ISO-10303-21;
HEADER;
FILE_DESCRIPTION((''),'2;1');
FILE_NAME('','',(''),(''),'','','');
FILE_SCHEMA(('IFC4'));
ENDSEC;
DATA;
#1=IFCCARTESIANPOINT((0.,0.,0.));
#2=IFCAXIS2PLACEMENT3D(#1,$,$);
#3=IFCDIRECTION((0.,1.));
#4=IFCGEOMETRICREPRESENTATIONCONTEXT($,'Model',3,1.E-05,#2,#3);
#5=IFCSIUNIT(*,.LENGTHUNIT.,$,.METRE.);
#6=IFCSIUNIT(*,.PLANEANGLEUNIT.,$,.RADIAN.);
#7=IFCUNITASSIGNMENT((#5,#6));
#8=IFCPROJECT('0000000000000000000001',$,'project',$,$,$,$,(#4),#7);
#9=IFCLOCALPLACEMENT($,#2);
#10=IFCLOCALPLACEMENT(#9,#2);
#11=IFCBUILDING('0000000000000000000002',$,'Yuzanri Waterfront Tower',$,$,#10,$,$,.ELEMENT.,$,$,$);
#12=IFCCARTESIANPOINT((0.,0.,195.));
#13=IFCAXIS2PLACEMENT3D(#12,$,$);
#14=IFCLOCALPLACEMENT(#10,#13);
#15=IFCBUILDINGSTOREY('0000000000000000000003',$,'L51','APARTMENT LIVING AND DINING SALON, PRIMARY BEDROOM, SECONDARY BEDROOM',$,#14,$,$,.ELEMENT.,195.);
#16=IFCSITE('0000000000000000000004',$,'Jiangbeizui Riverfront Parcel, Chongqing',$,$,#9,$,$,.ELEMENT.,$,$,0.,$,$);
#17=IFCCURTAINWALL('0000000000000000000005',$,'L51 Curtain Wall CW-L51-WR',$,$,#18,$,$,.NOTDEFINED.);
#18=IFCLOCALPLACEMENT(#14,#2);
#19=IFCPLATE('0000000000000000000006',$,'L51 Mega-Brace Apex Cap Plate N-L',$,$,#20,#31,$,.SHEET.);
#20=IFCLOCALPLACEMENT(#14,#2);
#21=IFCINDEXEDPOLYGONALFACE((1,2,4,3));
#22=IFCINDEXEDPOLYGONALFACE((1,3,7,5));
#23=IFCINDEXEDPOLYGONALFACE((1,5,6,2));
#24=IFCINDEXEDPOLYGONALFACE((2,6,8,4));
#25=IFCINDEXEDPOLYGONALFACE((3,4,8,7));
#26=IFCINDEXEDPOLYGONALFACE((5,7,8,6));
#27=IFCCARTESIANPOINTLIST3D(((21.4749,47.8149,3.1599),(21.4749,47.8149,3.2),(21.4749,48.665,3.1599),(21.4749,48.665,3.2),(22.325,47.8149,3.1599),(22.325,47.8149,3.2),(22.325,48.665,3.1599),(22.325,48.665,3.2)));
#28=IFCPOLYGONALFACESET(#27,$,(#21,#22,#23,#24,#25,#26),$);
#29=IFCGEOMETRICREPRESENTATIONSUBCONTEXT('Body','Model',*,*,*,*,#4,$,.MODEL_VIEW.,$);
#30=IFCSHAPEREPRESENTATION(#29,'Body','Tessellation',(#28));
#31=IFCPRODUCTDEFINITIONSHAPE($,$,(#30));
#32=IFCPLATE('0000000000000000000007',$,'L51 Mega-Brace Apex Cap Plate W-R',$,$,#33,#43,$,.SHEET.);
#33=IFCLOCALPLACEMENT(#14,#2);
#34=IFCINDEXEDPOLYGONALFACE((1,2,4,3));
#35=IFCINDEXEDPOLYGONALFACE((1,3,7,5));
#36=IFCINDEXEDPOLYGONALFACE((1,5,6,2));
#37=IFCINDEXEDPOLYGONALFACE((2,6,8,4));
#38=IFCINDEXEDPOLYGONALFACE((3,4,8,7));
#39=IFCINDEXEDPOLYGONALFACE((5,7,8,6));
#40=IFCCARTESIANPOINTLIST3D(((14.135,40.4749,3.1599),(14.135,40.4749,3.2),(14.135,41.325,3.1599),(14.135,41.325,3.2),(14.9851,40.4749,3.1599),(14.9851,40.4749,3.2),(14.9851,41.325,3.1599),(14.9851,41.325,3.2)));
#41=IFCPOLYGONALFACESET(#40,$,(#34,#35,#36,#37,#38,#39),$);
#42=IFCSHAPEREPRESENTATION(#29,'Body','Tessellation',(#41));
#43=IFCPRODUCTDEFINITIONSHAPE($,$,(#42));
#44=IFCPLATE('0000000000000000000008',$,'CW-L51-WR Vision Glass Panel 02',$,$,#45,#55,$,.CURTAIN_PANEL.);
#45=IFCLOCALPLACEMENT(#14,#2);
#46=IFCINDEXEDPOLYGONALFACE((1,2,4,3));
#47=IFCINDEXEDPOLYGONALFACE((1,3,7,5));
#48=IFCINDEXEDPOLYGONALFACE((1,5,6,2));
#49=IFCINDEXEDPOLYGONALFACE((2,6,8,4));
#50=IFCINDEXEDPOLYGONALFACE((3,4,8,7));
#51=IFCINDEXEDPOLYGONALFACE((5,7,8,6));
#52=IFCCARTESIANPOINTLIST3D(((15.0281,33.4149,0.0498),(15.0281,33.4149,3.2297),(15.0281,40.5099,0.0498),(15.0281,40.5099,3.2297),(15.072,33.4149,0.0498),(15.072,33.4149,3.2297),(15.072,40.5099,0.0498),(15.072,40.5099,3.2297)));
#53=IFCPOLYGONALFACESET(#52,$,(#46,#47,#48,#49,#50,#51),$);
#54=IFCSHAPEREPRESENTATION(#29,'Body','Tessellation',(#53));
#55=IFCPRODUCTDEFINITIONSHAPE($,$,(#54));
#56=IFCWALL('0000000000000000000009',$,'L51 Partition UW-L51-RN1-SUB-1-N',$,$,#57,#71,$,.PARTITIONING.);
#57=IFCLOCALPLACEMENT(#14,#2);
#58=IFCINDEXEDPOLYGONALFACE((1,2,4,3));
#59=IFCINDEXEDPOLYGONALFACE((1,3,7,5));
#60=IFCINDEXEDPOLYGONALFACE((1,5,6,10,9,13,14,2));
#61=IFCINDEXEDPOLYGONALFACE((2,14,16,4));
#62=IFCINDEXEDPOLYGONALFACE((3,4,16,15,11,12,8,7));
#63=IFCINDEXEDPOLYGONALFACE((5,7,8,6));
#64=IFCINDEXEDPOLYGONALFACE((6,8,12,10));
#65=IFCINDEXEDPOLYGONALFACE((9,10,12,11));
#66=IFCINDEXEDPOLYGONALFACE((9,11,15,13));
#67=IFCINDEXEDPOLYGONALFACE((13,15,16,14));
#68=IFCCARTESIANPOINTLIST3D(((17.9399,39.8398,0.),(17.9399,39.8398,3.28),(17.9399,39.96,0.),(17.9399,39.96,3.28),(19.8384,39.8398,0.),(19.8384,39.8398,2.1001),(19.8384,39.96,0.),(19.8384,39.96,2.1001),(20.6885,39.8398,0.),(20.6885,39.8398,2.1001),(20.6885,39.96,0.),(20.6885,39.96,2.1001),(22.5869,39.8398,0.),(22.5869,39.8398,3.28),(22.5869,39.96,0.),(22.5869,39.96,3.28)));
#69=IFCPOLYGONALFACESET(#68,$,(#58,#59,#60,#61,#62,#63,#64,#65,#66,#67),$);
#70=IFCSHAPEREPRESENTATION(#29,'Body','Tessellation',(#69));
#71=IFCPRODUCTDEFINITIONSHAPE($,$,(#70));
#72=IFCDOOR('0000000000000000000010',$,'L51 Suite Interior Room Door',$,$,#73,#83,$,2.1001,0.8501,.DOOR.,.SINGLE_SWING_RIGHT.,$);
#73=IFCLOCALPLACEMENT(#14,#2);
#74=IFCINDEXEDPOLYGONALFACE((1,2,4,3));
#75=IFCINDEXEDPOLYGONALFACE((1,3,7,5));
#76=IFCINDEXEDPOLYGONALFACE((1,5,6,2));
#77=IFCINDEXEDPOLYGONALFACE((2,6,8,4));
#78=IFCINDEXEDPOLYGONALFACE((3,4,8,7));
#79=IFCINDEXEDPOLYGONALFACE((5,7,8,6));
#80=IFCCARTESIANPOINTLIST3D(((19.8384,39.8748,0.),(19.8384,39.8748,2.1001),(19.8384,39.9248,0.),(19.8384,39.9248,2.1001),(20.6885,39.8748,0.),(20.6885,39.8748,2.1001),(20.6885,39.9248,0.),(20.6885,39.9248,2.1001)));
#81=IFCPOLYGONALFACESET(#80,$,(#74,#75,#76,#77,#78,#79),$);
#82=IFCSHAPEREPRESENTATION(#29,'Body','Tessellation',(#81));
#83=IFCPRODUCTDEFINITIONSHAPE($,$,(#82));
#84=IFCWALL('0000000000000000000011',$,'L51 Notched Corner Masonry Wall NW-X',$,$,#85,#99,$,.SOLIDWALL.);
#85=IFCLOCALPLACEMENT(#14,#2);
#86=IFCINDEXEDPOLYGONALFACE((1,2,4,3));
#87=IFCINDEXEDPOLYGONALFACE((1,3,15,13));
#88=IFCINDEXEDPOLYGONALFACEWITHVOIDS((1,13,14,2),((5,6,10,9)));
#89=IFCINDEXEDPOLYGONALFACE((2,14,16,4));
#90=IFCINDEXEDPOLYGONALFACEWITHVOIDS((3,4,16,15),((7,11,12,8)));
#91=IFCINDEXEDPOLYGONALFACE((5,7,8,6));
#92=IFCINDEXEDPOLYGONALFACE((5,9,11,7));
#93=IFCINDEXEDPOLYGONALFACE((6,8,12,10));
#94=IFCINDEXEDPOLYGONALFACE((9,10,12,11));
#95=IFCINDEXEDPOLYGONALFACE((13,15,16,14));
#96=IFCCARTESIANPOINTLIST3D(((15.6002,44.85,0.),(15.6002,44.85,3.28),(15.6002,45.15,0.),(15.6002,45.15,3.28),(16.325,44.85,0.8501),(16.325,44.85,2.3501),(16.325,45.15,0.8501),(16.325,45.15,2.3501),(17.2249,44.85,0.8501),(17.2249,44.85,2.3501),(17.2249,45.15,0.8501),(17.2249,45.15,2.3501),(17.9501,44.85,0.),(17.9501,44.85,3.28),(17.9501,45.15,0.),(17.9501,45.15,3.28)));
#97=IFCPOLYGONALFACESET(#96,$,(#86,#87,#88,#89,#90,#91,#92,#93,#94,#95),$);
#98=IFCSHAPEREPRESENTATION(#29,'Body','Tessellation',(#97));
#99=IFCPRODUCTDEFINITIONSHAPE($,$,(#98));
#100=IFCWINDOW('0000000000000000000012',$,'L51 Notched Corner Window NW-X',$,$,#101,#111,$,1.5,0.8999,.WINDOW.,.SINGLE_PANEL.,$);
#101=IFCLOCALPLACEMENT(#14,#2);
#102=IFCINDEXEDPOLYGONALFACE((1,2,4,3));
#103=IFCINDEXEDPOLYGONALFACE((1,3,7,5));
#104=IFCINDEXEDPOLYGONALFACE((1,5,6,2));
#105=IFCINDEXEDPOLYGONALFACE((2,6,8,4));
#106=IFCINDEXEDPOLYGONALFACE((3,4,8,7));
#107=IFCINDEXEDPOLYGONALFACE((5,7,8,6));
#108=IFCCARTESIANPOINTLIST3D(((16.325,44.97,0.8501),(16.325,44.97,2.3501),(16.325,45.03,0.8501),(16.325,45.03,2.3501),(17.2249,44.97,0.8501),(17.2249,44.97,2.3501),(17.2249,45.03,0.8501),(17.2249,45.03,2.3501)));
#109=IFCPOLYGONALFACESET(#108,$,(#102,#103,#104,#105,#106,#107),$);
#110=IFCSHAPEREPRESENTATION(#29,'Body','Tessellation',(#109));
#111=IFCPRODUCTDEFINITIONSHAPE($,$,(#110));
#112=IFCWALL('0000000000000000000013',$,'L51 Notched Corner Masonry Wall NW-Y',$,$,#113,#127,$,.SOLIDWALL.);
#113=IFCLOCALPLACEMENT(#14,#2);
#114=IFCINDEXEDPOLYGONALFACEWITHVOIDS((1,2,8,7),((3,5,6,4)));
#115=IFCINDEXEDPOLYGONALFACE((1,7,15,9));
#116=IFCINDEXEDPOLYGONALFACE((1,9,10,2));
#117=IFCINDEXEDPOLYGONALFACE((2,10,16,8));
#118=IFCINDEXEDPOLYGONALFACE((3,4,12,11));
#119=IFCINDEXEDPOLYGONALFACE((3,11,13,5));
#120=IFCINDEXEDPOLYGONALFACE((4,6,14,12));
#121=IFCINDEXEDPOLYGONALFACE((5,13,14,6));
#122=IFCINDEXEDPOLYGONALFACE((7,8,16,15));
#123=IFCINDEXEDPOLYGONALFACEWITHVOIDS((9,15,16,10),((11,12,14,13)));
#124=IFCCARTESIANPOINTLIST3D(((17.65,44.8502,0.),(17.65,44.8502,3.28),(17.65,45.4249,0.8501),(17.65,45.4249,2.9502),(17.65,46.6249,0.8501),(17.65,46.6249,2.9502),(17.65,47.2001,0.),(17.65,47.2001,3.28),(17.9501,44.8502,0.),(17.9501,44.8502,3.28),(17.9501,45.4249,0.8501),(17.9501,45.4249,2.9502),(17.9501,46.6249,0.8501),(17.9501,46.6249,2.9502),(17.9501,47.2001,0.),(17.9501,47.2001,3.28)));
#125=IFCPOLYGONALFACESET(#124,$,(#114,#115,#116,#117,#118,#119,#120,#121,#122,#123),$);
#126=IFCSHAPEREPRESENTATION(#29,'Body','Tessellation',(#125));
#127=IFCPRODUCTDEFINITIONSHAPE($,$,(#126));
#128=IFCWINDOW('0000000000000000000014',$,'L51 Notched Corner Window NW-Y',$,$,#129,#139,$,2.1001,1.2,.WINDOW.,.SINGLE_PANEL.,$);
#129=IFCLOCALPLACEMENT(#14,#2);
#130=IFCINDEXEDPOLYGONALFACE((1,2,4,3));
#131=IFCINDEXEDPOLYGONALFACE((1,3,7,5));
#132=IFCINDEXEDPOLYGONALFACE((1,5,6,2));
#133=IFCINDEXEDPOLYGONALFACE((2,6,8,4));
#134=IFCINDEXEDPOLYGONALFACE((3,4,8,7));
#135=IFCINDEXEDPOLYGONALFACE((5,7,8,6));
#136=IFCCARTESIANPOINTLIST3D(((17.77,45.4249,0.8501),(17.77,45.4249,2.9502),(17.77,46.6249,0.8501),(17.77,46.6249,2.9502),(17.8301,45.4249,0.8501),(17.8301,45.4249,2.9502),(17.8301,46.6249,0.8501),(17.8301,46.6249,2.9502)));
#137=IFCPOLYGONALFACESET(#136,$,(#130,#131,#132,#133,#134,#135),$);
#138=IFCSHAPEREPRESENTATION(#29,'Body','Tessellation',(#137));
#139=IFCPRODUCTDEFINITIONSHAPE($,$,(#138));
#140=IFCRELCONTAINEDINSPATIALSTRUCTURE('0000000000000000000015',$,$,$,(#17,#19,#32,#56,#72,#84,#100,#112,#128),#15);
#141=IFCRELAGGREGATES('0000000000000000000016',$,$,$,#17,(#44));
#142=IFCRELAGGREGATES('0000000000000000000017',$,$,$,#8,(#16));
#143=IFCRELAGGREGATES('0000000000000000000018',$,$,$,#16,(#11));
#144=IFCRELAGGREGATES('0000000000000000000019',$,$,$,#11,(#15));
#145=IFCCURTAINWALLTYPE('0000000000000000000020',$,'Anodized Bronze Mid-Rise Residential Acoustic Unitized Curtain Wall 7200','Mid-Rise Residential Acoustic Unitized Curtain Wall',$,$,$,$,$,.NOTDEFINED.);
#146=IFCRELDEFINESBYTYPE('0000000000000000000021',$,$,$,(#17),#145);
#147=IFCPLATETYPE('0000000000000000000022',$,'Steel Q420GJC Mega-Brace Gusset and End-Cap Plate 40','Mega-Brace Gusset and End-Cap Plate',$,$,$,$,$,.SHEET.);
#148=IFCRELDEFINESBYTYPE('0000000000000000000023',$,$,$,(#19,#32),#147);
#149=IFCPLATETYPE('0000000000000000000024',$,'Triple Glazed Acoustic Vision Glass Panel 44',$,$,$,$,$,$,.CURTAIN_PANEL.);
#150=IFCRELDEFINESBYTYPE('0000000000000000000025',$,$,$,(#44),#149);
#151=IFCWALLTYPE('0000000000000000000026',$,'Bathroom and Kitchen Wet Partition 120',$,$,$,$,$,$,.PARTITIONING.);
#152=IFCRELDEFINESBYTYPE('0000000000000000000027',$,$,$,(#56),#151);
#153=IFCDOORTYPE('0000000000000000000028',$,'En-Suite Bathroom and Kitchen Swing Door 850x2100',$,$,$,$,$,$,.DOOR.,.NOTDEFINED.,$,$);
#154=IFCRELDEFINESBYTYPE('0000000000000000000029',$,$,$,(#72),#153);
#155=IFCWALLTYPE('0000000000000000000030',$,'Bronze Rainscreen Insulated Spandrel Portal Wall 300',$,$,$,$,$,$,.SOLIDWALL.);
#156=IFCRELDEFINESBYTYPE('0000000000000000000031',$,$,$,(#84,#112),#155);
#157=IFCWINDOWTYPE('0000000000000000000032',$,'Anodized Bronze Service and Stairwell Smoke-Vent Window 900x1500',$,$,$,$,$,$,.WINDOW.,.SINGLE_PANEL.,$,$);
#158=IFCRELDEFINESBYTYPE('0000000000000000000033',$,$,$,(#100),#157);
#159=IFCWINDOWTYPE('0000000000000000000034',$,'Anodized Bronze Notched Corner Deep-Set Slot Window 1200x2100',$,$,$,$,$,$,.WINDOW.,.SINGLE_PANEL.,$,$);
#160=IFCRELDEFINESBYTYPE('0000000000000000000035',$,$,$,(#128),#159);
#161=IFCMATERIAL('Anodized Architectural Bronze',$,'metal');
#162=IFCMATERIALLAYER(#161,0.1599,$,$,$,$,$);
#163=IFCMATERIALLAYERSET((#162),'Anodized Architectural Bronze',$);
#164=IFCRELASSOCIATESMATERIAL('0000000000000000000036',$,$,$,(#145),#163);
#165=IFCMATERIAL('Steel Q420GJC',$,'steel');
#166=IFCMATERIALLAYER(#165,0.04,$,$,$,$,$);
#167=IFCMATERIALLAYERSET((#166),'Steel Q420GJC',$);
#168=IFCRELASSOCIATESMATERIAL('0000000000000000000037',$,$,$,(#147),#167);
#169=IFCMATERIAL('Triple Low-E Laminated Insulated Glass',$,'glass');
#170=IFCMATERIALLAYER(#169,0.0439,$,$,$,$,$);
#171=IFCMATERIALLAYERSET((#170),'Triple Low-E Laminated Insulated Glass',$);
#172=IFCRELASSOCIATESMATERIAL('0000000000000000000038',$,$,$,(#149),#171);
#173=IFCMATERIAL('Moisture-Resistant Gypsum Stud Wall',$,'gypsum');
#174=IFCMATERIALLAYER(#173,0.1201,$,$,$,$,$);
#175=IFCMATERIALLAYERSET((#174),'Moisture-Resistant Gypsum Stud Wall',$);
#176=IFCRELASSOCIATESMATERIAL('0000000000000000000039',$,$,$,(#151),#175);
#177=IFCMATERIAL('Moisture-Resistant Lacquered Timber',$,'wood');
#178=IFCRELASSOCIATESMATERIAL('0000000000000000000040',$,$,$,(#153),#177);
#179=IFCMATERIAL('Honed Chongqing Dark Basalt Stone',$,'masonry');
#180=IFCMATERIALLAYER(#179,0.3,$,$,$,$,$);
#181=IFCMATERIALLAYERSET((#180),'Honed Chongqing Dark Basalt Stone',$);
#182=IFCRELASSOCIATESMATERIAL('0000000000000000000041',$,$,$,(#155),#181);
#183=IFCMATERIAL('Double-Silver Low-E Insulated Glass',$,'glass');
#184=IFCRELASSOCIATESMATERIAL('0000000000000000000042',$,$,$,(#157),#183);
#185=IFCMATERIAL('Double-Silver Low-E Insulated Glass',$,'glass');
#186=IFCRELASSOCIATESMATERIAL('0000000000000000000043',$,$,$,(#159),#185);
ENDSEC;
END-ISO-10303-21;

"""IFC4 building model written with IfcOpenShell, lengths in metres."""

from ifc_helpers import new_model, si_unit, direction, frame, frame_2d, origin, origin_2d, place, context, subcontext, project, spatial, rectangle, extrude, source, transform, mapped, material, layer, layer_set, type_object, element, fill, aggregate, save


model = new_model("IFC4")

# Units and contexts
model_context = context("Model", 3, precision=1e-05, world=origin(), true_north=direction((0.0, 1.0)))
body_context = subcontext(model_context, "Body", "Model", "MODEL_VIEW")
ifc_project = project(units=[si_unit("LENGTHUNIT", "METRE"), si_unit("PLANEANGLEUNIT", "RADIAN")], contexts=[model_context])

# Site, building, storey
site_placement = place(None, origin())
site = spatial("IfcSite", under=ifc_project, at=site_placement, Name="Jiangbeizui Riverfront Parcel, Chongqing", CompositionType="ELEMENT", RefElevation=0.0)
building_placement = place(site_placement, origin())
building = spatial("IfcBuilding", under=site, at=building_placement, Name="Yuzanri Waterfront Tower", CompositionType="ELEMENT")
storey_placement = place(building_placement, frame((0.0, 0.0, 195.0)))
storey = spatial("IfcBuildingStorey", under=building, at=storey_placement, Name="L51", Description="APARTMENT LIVING AND DINING SALON, PRIMARY BEDROOM, SECONDARY BEDROOM", CompositionType="ELEMENT", Elevation=195.0)

# Curtain wall
ifc_material_1 = material(Name="Anodized Architectural Bronze", Category="metal")
ifc_layer_1 = layer(ifc_material_1, 0.1599)
ifc_layer_set_1 = layer_set([ifc_layer_1], Name="Anodized Architectural Bronze")
curtain_wall_type = type_object("IfcCurtainWallType", Name="Anodized Bronze Mid-Rise Residential Acoustic Unitized Curtain Wall 7200", Description="Mid-Rise Residential Acoustic Unitized Curtain Wall", PredefinedType="NOTDEFINED", material=ifc_layer_set_1)
curtain_wall_1_placement = place(storey_placement, origin())
curtain_wall_1 = element("IfcCurtainWall", 1, at=curtain_wall_1_placement, inside=storey, type_object=curtain_wall_type, Name="L51 Curtain Wall CW-L51-WR", PredefinedType="NOTDEFINED")

# Plates
ifc_material_2 = material(Name="Steel Q420GJC", Category="steel")
ifc_layer_2 = layer(ifc_material_2, 0.04)
ifc_layer_set_2 = layer_set([ifc_layer_2], Name="Steel Q420GJC")
plate_type_1 = type_object("IfcPlateType", Name="Steel Q420GJC Mega-Brace Gusset and End-Cap Plate 40", Description="Mega-Brace Gusset and End-Cap Plate", PredefinedType="SHEET", material=ifc_layer_set_2)
shared_shape_1 = source(origin(), body_context, "Body", "SweptSolid", [
    extrude(rectangle(XDim=0.8501, YDim=0.8501, at=origin_2d()), origin(), (0.0, 0.0, 1.0), 0.04),
])
for number, where, z_axis, x_axis, name in (
    (2, (21.8999, 48.24, 3.1599), (0.0, 0.0, 1.0), (1.0, 0.0, 0.0), "L51 Mega-Brace Apex Cap Plate N-L"),
    (3, (14.5601, 40.8999, 3.1599), (0.0, 0.0, 1.0), (1.0, 0.0, 0.0), "L51 Mega-Brace Apex Cap Plate W-R"),
):
    element("IfcPlate", number, at=place(storey_placement, frame(where, z_axis=z_axis, x_axis=x_axis)), inside=storey, type_object=plate_type_1, Name=name, PredefinedType="SHEET", context=body_context, shape_type="MappedRepresentation", body=[
        mapped(shared_shape_1, transform((0.0, 0.0, 0.0), scale=1.0)),
    ])

# Plate
ifc_material_3 = material(Name="Triple Low-E Laminated Insulated Glass", Category="glass")
ifc_layer_3 = layer(ifc_material_3, 0.0439)
ifc_layer_set_3 = layer_set([ifc_layer_3], Name="Triple Low-E Laminated Insulated Glass")
plate_type_2 = type_object("IfcPlateType", Name="Triple Glazed Acoustic Vision Glass Panel 44", PredefinedType="CURTAIN_PANEL", material=ifc_layer_set_3)
shared_shape_2 = source(origin(), body_context, "Body", "SweptSolid", [
    extrude(rectangle(XDim=7.095, YDim=0.0439, at=origin_2d()), origin(), (0.0, 0.0, 1.0), 3.1799),
])
plate_placement = place(storey_placement, frame((15.05, 36.9624, 0.0498), z_axis=(0.0, 0.0, 1.0), x_axis=(0.0, 1.0, 0.0)))
plate = element("IfcPlate", 4, at=plate_placement, type_object=plate_type_2, Name="CW-L51-WR Vision Glass Panel 02", PredefinedType="CURTAIN_PANEL", context=body_context, shape_type="MappedRepresentation", body=[
    mapped(shared_shape_2, transform((0.0, 0.0, 0.0), scale=1.0)),
])
aggregate(curtain_wall_1, [plate])

# Wall, opening, door
ifc_material_4 = material(Name="Moisture-Resistant Gypsum Stud Wall", Category="gypsum")
ifc_layer_4 = layer(ifc_material_4, 0.1201)
ifc_layer_set_4 = layer_set([ifc_layer_4], Name="Moisture-Resistant Gypsum Stud Wall")
wall_type_1 = type_object("IfcWallType", Name="Bathroom and Kitchen Wet Partition 120", PredefinedType="PARTITIONING", material=ifc_layer_set_4)
wall_1_placement = place(storey_placement, frame((17.9399, 39.8999, 0.0), z_axis=(0.0, 0.0, 1.0), x_axis=(1.0, 0.0, 0.0)))
wall_1 = element("IfcWall", 5, at=wall_1_placement, inside=storey, type_object=wall_type_1, Name="L51 Partition UW-L51-RN1-SUB-1-N", PredefinedType="PARTITIONING", context=body_context, shape_type="SweptSolid", body=[
    extrude(rectangle(XDim=4.647, YDim=0.1201, at=frame_2d((2.3235, 0.0))), origin(), (0.0, 0.0, 1.0), 3.28),
])
opening_1_placement = place(wall_1_placement, frame((1.8984, 0.0, 0.0)))
opening_1 = element("IfcOpeningElement", 6, at=opening_1_placement, cuts=wall_1, PredefinedType="OPENING", context=body_context, shape_type="SweptSolid", body=[
    extrude(rectangle(XDim=0.8501, YDim=2.1001, at=frame_2d((0.425, 1.05))), frame((0.0, 0.075, 0.0), z_axis=(0.0, -1.0, 0.0), x_axis=(1.0, 0.0, 0.0)), (0.0, 0.0, 1.0), 0.1499),
])
ifc_material_5 = material(Name="Moisture-Resistant Lacquered Timber", Category="wood")
door_type_1 = type_object("IfcDoorType", Name="En-Suite Bathroom and Kitchen Swing Door 850x2100", OperationType="NOTDEFINED", PredefinedType="DOOR", material=ifc_material_5)
shared_shape_3 = source(origin(), body_context, "Body", "SweptSolid", [
    extrude(rectangle(XDim=0.8501, YDim=2.1001, at=frame_2d((0.425, 1.05))), frame((0.0, 0.0249, 0.0), z_axis=(0.0, -1.0, 0.0), x_axis=(1.0, 0.0, 0.0)), (0.0, 0.0, 1.0), 0.05),
])
door_1_placement = place(opening_1_placement, origin())
door_1 = element("IfcDoor", 7, at=door_1_placement, inside=storey, type_object=door_type_1, Name="L51 Suite Interior Room Door", OperationType="SINGLE_SWING_RIGHT", OverallHeight=2.1001, OverallWidth=0.8501, PredefinedType="DOOR", context=body_context, shape_type="MappedRepresentation", body=[
    mapped(shared_shape_3, transform((0.0, 0.0, 0.0), scale=1.0)),
])
fill(opening_1, door_1)

# Walls, openings, windows
ifc_material_6 = material(Name="Honed Chongqing Dark Basalt Stone", Category="masonry")
ifc_layer_5 = layer(ifc_material_6, 0.3)
ifc_layer_set_5 = layer_set([ifc_layer_5], Name="Honed Chongqing Dark Basalt Stone")
wall_type_2 = type_object("IfcWallType", Name="Bronze Rainscreen Insulated Spandrel Portal Wall 300", PredefinedType="SOLIDWALL", material=ifc_layer_set_5)
wall_2_placement = place(storey_placement, frame((17.95, 45.0, 0.0), z_axis=(0.0, 0.0, 1.0), x_axis=(-1.0, 0.0, 0.0)))
wall_2 = element("IfcWall", 8, at=wall_2_placement, inside=storey, type_object=wall_type_2, Name="L51 Notched Corner Masonry Wall NW-X", PredefinedType="SOLIDWALL", context=body_context, shape_type="SweptSolid", body=[
    extrude(rectangle(XDim=2.3499, YDim=0.3, at=frame_2d((1.1748, 0.0))), origin(), (0.0, 0.0, 1.0), 3.28),
])
opening_2_placement = place(wall_2_placement, frame((0.7251, 0.0, 0.8501)))
opening_2 = element("IfcOpeningElement", 9, at=opening_2_placement, cuts=wall_2, PredefinedType="OPENING", context=body_context, shape_type="SweptSolid", body=[
    extrude(rectangle(XDim=0.8999, YDim=1.5, at=frame_2d((0.45, 0.75))), frame((0.0, 0.165, 0.0), z_axis=(0.0, -1.0, 0.0), x_axis=(1.0, 0.0, 0.0)), (0.0, 0.0, 1.0), 0.3298),
])
ifc_material_7 = material(Name="Double-Silver Low-E Insulated Glass", Category="glass")
window_type_1 = type_object("IfcWindowType", Name="Anodized Bronze Service and Stairwell Smoke-Vent Window 900x1500", PartitioningType="SINGLE_PANEL", PredefinedType="WINDOW", material=ifc_material_7)
shared_shape_4 = source(origin(), body_context, "Body", "SweptSolid", [
    extrude(rectangle(XDim=0.8999, YDim=1.5, at=frame_2d((0.45, 0.75))), frame((0.0, 0.03, 0.0), z_axis=(0.0, -1.0, 0.0), x_axis=(1.0, 0.0, 0.0)), (0.0, 0.0, 1.0), 0.0601),
])
window_1_placement = place(opening_2_placement, origin())
window_1 = element("IfcWindow", 10, at=window_1_placement, inside=storey, type_object=window_type_1, Name="L51 Notched Corner Window NW-X", OverallHeight=1.5, OverallWidth=0.8999, PartitioningType="SINGLE_PANEL", PredefinedType="WINDOW", context=body_context, shape_type="MappedRepresentation", body=[
    mapped(shared_shape_4, transform((0.0, 0.0, 0.0), scale=1.0)),
])
fill(opening_2, window_1)
wall_3_placement = place(storey_placement, frame((17.8, 47.2, 0.0), z_axis=(0.0, 0.0, 1.0), x_axis=(0.0, -1.0, 0.0)))
wall_3 = element("IfcWall", 11, at=wall_3_placement, inside=storey, type_object=wall_type_2, Name="L51 Notched Corner Masonry Wall NW-Y", PredefinedType="SOLIDWALL", context=body_context, shape_type="SweptSolid", body=[
    extrude(rectangle(XDim=2.3499, YDim=0.3, at=frame_2d((1.1748, 0.0))), origin(), (0.0, 0.0, 1.0), 3.28),
])
opening_3_placement = place(wall_3_placement, frame((0.575, 0.0, 0.8501)))
opening_3 = element("IfcOpeningElement", 12, at=opening_3_placement, cuts=wall_3, PredefinedType="OPENING", context=body_context, shape_type="SweptSolid", body=[
    extrude(rectangle(XDim=1.2, YDim=2.1001, at=frame_2d((0.6001, 1.05))), frame((0.0, 0.165, 0.0), z_axis=(0.0, -1.0, 0.0), x_axis=(1.0, 0.0, 0.0)), (0.0, 0.0, 1.0), 0.3298),
])
ifc_material_8 = material(Name="Double-Silver Low-E Insulated Glass", Category="glass")
window_type_2 = type_object("IfcWindowType", Name="Anodized Bronze Notched Corner Deep-Set Slot Window 1200x2100", PartitioningType="SINGLE_PANEL", PredefinedType="WINDOW", material=ifc_material_8)
shared_shape_5 = source(origin(), body_context, "Body", "SweptSolid", [
    extrude(rectangle(XDim=1.2, YDim=2.1001, at=frame_2d((0.6001, 1.05))), frame((0.0, 0.03, 0.0), z_axis=(0.0, -1.0, 0.0), x_axis=(1.0, 0.0, 0.0)), (0.0, 0.0, 1.0), 0.0601),
])
window_2_placement = place(opening_3_placement, origin())
window_2 = element("IfcWindow", 13, at=window_2_placement, inside=storey, type_object=window_type_2, Name="L51 Notched Corner Window NW-Y", OverallHeight=2.1001, OverallWidth=1.2, PartitioningType="SINGLE_PANEL", PredefinedType="WINDOW", context=body_context, shape_type="MappedRepresentation", body=[
    mapped(shared_shape_5, transform((0.0, 0.0, 0.0), scale=1.0)),
])
fill(opening_3, window_2)

save(model, "model.ifc")
